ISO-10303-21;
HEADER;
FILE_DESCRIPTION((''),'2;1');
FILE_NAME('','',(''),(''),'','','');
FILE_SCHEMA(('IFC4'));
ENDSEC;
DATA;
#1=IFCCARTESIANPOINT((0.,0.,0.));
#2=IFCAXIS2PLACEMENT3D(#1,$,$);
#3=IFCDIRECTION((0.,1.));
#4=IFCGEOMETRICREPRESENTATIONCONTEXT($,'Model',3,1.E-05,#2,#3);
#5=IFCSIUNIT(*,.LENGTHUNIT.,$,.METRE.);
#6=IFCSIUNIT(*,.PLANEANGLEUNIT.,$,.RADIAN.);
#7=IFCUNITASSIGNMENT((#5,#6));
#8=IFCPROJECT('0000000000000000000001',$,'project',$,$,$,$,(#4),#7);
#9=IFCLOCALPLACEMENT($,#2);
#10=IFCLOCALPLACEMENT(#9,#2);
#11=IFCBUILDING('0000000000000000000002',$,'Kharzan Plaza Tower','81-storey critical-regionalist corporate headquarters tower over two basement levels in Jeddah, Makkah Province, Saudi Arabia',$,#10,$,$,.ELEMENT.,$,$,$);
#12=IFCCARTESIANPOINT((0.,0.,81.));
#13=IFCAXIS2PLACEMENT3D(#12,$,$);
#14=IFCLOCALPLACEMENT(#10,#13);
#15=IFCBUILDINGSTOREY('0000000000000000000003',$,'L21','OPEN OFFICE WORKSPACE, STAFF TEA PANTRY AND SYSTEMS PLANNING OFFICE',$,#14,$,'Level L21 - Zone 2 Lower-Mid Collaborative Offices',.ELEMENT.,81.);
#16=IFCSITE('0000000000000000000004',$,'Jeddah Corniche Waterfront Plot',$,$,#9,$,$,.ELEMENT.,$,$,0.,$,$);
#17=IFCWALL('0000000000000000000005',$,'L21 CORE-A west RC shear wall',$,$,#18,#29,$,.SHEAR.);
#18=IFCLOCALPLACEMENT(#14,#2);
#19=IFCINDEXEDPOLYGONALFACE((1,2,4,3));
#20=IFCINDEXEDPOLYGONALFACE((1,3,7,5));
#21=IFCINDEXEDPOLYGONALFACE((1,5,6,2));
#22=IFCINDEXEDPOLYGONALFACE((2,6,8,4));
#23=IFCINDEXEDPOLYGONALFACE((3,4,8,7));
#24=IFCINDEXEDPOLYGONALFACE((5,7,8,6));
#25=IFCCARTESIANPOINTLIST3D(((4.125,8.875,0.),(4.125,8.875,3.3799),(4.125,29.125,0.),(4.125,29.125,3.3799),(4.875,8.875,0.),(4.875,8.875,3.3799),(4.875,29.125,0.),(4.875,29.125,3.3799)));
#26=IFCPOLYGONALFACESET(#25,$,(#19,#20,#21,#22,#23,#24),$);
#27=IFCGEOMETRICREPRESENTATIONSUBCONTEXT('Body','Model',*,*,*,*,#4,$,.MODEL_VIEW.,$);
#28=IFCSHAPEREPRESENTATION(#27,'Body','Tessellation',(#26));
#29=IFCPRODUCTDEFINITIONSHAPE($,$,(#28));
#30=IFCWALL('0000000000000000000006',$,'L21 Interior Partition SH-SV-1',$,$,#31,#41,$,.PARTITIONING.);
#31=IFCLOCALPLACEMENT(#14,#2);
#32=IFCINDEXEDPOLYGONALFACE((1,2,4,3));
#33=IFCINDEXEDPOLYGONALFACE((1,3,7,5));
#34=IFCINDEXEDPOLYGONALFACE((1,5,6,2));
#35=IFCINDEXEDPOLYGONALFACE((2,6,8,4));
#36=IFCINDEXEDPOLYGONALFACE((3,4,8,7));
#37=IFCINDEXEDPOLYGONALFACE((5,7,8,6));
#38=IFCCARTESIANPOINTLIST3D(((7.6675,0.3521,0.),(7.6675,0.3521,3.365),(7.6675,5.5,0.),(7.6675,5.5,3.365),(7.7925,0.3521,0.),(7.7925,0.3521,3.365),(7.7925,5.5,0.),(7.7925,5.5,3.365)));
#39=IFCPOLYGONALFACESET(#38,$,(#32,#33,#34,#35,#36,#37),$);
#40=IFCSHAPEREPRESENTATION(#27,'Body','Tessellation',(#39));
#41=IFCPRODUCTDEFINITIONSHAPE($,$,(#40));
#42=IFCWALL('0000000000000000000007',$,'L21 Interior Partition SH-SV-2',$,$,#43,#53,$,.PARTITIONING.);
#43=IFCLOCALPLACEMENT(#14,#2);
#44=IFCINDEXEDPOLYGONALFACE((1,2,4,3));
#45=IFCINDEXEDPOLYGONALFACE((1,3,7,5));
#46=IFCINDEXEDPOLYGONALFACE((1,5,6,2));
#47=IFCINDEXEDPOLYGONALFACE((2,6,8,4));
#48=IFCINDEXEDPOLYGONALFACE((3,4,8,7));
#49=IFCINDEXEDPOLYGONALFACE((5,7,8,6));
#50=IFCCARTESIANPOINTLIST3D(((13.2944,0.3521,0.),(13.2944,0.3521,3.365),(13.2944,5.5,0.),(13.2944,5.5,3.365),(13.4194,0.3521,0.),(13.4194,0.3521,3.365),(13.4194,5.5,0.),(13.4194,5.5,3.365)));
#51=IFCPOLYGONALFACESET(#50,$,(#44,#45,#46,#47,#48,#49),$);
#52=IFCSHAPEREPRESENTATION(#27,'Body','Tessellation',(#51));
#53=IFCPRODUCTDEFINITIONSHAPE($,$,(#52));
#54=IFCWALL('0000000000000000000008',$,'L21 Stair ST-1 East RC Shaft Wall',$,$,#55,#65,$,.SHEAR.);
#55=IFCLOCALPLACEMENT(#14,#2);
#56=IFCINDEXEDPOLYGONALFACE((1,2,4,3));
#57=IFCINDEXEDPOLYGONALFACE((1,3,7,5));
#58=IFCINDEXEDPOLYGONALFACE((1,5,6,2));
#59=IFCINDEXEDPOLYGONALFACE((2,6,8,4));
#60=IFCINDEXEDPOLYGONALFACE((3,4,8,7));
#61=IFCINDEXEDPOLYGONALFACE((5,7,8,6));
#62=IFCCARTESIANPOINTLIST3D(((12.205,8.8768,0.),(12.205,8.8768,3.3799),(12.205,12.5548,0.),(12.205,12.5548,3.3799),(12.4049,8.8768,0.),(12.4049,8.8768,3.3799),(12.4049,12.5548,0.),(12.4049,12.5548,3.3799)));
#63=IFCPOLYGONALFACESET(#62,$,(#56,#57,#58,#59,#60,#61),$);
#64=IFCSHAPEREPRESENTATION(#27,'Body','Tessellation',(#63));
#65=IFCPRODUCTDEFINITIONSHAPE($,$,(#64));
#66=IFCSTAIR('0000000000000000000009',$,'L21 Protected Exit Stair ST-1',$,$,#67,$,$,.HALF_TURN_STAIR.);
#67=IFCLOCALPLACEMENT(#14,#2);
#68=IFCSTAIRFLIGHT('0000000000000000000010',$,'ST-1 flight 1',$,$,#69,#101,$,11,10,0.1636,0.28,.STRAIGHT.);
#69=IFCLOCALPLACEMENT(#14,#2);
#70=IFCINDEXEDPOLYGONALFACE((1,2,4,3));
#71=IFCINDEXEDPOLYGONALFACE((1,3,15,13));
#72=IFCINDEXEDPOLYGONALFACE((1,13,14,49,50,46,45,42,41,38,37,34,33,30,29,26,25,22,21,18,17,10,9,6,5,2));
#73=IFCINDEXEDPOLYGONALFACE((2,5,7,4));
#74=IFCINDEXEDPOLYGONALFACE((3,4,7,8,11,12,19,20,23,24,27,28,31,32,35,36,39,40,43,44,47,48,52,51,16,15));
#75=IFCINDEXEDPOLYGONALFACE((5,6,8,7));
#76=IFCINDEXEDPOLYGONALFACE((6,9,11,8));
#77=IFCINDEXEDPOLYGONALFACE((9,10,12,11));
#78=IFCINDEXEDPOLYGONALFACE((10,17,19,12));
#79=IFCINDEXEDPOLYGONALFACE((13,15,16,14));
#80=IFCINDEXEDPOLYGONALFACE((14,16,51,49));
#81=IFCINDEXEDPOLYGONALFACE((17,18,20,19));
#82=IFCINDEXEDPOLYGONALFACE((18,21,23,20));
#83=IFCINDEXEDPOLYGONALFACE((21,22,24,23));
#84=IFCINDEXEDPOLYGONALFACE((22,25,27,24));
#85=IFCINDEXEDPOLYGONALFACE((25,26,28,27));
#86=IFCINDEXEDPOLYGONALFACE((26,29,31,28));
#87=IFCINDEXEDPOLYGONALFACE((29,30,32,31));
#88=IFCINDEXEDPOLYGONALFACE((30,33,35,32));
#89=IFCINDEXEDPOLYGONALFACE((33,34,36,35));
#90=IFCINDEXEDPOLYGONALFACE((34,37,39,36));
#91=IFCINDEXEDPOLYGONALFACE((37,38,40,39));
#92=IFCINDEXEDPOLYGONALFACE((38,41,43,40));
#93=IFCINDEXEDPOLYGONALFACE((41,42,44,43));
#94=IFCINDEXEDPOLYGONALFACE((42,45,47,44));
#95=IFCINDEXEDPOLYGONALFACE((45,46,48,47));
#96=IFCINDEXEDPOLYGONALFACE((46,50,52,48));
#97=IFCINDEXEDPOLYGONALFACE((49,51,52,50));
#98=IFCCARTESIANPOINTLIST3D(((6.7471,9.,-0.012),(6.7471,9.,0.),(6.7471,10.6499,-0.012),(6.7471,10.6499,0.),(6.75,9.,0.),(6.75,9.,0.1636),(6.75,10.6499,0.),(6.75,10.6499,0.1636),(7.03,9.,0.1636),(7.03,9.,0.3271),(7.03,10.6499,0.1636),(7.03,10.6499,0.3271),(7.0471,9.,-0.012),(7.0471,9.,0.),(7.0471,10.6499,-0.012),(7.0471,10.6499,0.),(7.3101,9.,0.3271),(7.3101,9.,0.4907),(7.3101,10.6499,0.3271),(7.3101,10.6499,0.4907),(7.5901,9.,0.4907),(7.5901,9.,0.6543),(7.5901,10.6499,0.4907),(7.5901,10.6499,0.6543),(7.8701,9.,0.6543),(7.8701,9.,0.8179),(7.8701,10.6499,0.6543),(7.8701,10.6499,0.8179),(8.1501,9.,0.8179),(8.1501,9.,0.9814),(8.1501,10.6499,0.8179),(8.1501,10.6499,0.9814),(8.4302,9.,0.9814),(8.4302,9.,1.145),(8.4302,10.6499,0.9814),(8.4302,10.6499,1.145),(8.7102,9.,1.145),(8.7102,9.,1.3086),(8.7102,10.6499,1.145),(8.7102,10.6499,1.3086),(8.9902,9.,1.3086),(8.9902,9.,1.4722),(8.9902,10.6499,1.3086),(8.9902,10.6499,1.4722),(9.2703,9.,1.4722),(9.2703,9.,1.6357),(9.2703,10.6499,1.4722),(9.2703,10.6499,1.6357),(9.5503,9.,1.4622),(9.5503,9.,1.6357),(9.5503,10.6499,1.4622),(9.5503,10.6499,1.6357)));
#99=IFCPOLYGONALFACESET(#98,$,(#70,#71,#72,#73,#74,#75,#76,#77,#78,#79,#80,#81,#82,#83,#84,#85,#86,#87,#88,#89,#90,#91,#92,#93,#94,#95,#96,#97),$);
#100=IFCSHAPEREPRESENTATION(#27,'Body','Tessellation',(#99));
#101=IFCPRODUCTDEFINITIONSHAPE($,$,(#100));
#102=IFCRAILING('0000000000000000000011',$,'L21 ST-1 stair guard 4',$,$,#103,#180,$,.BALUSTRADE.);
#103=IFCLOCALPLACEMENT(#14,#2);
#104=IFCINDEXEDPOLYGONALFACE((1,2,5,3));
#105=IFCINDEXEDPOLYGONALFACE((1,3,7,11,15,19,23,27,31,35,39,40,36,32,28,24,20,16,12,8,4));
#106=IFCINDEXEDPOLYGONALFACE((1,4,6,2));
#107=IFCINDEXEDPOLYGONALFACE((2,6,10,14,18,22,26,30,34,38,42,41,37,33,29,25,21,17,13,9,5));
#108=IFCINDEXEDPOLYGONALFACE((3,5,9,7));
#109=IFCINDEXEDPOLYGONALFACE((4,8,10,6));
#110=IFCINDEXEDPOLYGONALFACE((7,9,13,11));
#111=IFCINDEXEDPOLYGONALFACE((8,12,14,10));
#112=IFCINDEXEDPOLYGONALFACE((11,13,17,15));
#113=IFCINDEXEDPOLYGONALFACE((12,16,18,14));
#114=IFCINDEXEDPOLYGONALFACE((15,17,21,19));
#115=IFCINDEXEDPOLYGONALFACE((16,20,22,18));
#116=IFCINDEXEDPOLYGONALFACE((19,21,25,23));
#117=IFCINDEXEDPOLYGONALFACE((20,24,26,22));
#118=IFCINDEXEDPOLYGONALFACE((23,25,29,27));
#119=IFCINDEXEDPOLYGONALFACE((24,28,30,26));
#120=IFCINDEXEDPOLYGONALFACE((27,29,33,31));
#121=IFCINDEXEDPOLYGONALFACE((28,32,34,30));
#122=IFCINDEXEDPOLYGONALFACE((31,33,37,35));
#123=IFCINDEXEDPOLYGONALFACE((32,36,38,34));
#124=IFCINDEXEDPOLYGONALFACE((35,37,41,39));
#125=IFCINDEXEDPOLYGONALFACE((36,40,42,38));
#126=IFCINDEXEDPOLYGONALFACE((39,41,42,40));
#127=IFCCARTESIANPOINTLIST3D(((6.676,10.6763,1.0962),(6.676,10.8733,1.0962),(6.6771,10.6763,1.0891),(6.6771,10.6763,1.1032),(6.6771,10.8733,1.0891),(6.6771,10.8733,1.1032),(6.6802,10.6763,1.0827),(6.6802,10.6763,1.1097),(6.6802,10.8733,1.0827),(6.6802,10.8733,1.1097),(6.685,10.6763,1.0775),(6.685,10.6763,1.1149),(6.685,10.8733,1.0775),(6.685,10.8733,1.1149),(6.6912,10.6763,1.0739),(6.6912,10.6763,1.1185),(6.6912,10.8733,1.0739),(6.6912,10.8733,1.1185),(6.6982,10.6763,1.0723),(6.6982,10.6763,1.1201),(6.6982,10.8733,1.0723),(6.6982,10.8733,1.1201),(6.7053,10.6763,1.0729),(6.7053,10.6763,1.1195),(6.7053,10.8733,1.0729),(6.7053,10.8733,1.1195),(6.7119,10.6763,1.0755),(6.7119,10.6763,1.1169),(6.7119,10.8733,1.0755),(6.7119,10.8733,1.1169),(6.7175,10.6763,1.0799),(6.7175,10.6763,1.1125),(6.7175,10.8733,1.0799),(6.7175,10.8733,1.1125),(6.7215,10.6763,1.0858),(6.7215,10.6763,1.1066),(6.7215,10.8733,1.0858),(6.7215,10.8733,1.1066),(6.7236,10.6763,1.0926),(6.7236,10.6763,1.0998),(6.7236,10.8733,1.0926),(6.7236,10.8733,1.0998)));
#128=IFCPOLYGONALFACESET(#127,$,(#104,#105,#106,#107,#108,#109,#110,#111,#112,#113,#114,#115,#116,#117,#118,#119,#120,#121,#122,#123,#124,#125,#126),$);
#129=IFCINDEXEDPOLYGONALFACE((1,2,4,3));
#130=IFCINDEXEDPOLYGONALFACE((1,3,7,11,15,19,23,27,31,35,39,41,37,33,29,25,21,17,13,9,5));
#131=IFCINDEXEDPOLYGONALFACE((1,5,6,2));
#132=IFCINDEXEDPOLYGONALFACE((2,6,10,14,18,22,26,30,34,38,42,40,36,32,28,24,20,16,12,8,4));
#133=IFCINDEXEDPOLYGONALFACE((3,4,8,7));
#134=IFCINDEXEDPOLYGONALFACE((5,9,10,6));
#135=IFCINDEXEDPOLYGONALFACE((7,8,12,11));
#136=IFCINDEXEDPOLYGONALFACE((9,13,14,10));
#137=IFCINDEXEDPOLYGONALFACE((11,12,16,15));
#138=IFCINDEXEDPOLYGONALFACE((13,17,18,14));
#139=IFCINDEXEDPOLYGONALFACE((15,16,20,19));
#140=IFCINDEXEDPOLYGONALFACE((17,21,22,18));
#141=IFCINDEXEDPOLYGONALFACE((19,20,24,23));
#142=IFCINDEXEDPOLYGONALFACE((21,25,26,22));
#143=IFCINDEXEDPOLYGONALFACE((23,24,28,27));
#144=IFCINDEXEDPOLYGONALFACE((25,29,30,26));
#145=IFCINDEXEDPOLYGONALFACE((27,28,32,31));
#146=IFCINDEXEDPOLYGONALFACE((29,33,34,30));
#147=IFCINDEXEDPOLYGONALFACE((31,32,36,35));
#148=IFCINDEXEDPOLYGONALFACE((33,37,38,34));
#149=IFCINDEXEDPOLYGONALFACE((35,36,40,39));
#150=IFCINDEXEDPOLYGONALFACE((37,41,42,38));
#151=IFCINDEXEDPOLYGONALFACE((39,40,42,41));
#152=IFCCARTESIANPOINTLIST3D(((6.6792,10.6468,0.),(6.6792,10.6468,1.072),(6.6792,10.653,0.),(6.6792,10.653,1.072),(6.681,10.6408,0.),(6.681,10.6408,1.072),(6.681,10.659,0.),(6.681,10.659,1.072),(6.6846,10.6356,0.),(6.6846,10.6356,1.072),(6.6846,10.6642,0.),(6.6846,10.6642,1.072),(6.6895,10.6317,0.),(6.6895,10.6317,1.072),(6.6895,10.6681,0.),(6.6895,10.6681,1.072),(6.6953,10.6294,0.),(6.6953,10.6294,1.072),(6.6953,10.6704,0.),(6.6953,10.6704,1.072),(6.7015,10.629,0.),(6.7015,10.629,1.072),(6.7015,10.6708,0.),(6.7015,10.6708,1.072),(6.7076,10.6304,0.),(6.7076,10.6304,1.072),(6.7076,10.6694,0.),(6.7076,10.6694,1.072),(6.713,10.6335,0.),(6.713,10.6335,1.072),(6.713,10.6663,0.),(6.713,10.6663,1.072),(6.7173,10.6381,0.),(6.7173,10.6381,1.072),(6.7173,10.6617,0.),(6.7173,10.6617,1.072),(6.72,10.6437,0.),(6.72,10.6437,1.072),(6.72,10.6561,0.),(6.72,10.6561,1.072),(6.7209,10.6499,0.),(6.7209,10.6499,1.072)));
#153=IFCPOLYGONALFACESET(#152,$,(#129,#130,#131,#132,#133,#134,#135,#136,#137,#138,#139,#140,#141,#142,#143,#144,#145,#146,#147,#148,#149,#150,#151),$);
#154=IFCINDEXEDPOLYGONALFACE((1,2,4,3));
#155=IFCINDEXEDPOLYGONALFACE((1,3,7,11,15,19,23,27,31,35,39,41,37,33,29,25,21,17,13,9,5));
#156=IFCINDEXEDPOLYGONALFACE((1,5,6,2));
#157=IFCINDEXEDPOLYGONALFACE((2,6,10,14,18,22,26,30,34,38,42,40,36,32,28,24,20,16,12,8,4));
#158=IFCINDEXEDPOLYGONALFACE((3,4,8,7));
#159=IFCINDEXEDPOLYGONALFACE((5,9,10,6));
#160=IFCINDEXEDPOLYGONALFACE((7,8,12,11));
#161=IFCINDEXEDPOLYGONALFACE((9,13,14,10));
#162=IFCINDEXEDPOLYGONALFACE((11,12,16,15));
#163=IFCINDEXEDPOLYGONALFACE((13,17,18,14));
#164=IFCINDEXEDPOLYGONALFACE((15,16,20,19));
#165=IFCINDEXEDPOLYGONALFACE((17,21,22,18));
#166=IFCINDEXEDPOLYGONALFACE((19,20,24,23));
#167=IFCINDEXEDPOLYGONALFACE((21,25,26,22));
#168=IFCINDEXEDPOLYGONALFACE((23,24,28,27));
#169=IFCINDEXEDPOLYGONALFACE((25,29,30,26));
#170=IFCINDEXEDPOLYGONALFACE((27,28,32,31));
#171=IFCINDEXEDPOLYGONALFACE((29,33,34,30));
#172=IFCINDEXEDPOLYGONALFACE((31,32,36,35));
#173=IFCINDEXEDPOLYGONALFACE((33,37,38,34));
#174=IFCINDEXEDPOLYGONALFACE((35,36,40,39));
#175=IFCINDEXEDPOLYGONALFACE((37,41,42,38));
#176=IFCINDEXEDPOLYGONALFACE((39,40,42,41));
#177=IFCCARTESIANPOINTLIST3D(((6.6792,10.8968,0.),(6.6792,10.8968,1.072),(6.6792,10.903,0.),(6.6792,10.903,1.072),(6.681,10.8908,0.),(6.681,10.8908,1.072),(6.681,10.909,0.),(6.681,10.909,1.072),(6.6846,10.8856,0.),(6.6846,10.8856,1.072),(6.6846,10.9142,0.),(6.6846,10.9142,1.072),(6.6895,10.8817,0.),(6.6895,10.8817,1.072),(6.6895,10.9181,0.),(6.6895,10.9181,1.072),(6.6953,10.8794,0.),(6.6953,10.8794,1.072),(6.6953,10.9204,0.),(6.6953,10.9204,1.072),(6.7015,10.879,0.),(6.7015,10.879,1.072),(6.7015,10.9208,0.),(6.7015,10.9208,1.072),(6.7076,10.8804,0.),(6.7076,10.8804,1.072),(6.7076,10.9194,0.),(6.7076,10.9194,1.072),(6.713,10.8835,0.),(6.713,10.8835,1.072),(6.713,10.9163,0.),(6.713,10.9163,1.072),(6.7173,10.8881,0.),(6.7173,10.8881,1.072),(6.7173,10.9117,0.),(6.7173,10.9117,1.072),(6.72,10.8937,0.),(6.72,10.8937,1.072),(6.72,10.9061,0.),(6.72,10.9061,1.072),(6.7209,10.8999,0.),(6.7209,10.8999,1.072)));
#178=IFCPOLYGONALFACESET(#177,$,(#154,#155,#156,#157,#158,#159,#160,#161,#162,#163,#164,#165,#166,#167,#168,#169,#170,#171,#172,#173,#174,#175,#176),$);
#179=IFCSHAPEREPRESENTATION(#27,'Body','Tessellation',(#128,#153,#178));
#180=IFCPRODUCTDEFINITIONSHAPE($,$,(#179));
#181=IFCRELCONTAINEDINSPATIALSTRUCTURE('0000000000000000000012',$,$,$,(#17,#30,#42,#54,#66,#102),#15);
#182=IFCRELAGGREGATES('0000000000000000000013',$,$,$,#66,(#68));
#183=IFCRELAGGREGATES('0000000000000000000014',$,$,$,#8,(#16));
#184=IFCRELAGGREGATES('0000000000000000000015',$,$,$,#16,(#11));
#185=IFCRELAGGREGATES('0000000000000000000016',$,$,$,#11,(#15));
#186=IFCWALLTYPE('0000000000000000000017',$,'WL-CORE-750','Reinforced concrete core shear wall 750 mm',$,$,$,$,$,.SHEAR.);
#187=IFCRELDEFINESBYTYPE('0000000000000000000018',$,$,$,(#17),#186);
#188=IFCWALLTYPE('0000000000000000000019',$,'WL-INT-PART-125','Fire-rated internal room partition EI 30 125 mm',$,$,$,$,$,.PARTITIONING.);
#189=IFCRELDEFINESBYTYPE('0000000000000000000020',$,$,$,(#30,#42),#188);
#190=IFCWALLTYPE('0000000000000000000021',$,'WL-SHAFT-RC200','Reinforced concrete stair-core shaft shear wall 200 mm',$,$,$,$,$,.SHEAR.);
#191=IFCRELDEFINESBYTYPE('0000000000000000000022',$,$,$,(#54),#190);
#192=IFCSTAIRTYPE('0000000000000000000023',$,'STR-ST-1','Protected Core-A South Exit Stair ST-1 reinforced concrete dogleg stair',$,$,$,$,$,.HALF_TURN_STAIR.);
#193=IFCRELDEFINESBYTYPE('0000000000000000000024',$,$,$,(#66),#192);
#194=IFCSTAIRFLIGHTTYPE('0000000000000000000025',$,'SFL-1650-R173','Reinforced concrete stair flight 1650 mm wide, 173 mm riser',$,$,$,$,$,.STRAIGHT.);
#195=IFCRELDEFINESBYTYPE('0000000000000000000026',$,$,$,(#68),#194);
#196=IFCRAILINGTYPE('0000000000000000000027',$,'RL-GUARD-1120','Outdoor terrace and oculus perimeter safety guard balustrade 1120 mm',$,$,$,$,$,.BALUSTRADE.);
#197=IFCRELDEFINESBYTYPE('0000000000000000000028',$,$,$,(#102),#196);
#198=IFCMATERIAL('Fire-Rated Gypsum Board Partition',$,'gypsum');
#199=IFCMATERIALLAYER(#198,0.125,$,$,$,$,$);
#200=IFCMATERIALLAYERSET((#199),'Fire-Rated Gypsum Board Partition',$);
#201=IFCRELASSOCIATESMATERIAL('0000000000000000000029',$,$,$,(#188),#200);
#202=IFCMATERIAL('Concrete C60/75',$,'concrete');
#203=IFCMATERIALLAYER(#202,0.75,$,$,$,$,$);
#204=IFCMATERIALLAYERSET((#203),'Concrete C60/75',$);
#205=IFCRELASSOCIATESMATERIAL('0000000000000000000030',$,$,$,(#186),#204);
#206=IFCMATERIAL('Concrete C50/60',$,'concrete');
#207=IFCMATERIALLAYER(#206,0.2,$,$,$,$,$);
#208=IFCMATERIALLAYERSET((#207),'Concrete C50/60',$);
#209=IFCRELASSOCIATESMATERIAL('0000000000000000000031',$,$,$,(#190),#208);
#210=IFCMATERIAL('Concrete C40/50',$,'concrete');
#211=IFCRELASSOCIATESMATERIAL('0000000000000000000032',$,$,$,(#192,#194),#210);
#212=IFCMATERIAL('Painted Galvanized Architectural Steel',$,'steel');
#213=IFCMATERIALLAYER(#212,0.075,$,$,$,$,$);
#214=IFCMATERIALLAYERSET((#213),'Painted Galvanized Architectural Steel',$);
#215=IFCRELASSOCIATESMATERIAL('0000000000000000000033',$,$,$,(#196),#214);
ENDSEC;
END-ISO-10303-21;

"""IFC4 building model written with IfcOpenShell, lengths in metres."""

from ifc_helpers import new_model, si_unit, direction, frame, frame_2d, origin, origin_2d, place, context, subcontext, project, spatial, polyline, rectangle, circle, outline, extrude, source, transform, mapped, material, layer, layer_set, type_object, element, aggregate, save


model = new_model("IFC4")

# Units and contexts
model_context = context("Model", 3, precision=1e-05, world=origin(), true_north=direction((0.0, 1.0)))
body_context = subcontext(model_context, "Body", "Model", "MODEL_VIEW")
ifc_project = project(units=[si_unit("LENGTHUNIT", "METRE"), si_unit("PLANEANGLEUNIT", "RADIAN")], contexts=[model_context])

# Site, building, storey
site_placement = place(None, origin())
site = spatial("IfcSite", under=ifc_project, at=site_placement, Name="Jeddah Corniche Waterfront Plot", CompositionType="ELEMENT", RefElevation=0.0)
building_placement = place(site_placement, origin())
building = spatial("IfcBuilding", under=site, at=building_placement, Name="Kharzan Plaza Tower", Description="81-storey critical-regionalist corporate headquarters tower over two basement levels in Jeddah, Makkah Province, Saudi Arabia", CompositionType="ELEMENT")
storey_placement = place(building_placement, frame((0.0, 0.0, 81.0)))
storey = spatial("IfcBuildingStorey", under=building, at=storey_placement, Name="L21", Description="OPEN OFFICE WORKSPACE, STAFF TEA PANTRY AND SYSTEMS PLANNING OFFICE", LongName="Level L21 - Zone 2 Lower-Mid Collaborative Offices", CompositionType="ELEMENT", Elevation=81.0)

# Shared definitions
ifc_material_1 = material(Name="Concrete C60/75", Category="concrete")

# Shared definitions
ifc_material_2 = material(Name="Concrete C40/50", Category="concrete")

# Shared definitions
ifc_material_3 = material(Name="Fire-Rated Gypsum Board Partition", Category="gypsum")
ifc_layer_1 = layer(ifc_material_3, 0.125)
ifc_layer_set_1 = layer_set([ifc_layer_1], Name="Fire-Rated Gypsum Board Partition")
wall_type_1 = type_object("IfcWallType", Name="WL-INT-PART-125", Description="Fire-rated internal room partition EI 30 125 mm", PredefinedType="PARTITIONING", material=ifc_layer_set_1)

# Walls
ifc_layer_2 = layer(ifc_material_1, 0.75)
ifc_layer_set_2 = layer_set([ifc_layer_2], Name="Concrete C60/75")
wall_type_2 = type_object("IfcWallType", Name="WL-CORE-750", Description="Reinforced concrete core shear wall 750 mm", PredefinedType="SHEAR", material=ifc_layer_set_2)
shared_shape_1 = source(origin(), body_context, "Body", "SweptSolid", [
    extrude(rectangle(XDim=20.25, YDim=0.75, at=frame_2d((10.125, 0.0))), origin(), (0.0, 0.0, 1.0), 3.3799),
])
wall_1_placement = place(storey_placement, frame((4.5, 8.875, 0.0), z_axis=(0.0, 0.0, 1.0), x_axis=(0.0, 1.0, 0.0)))
element("IfcWall", 1, at=wall_1_placement, inside=storey, type_object=wall_type_2, Name="L21 CORE-A west RC shear wall", PredefinedType="SHEAR", context=body_context, shape_type="MappedRepresentation", body=[
    mapped(shared_shape_1, transform((0.0, 0.0, 0.0), x_axis=(1.0, 0.0, 0.0), y_axis=(0.0, 1.0, 0.0), z_axis=(0.0, 0.0, 1.0))),
])
shared_shape_2 = source(origin(), body_context, "Body", "SweptSolid", [
    extrude(rectangle(XDim=5.1479, YDim=0.125, at=frame_2d((2.574, 0.0))), origin(), (0.0, 0.0, 1.0), 3.365),
])
for number, where, z_axis, x_axis, name in (
    (2, (7.73, 0.3521, 0.0), (0.0, 0.0, 1.0), (0.0, 1.0, 0.0), "L21 Interior Partition SH-SV-1"),
    (3, (13.3569, 0.3521, 0.0), (0.0, 0.0, 1.0), (0.0, 1.0, 0.0), "L21 Interior Partition SH-SV-2"),
):
    element("IfcWall", number, at=place(storey_placement, frame(where, z_axis=z_axis, x_axis=x_axis)), inside=storey, type_object=wall_type_1, Name=name, PredefinedType="PARTITIONING", context=body_context, shape_type="MappedRepresentation", body=[
        mapped(shared_shape_2, transform((0.0, 0.0, 0.0), x_axis=(1.0, 0.0, 0.0), y_axis=(0.0, 1.0, 0.0), z_axis=(0.0, 0.0, 1.0))),
    ])
ifc_material_4 = material(Name="Concrete C50/60", Category="concrete")
ifc_layer_3 = layer(ifc_material_4, 0.2)
ifc_layer_set_3 = layer_set([ifc_layer_3], Name="Concrete C50/60")
wall_type_3 = type_object("IfcWallType", Name="WL-SHAFT-RC200", Description="Reinforced concrete stair-core shaft shear wall 200 mm", PredefinedType="SHEAR", material=ifc_layer_set_3)
shared_shape_3 = source(origin(), body_context, "Body", "SweptSolid", [
    extrude(rectangle(XDim=3.678, YDim=0.2, at=frame_2d((1.8389, 0.0))), origin(), (0.0, 0.0, 1.0), 3.3799),
])
wall_2_placement = place(storey_placement, frame((12.3049, 8.877, 0.0), z_axis=(0.0, 0.0, 1.0), x_axis=(0.0, 1.0, 0.0)))
element("IfcWall", 4, at=wall_2_placement, inside=storey, type_object=wall_type_3, Name="L21 Stair ST-1 East RC Shaft Wall", PredefinedType="SHEAR", context=body_context, shape_type="MappedRepresentation", body=[
    mapped(shared_shape_3, transform((0.0, 0.0, 0.0), x_axis=(1.0, 0.0, 0.0), y_axis=(0.0, 1.0, 0.0), z_axis=(0.0, 0.0, 1.0))),
])

# Stair, stair flight
stair_type = type_object("IfcStairType", Name="STR-ST-1", Description="Protected Core-A South Exit Stair ST-1 reinforced concrete dogleg stair", PredefinedType="HALF_TURN_STAIR", material=ifc_material_2)
stair_placement = place(storey_placement, origin())
stair = element("IfcStair", 5, at=stair_placement, inside=storey, type_object=stair_type, Name="L21 Protected Exit Stair ST-1", PredefinedType="HALF_TURN_STAIR")
stair_flight_type = type_object("IfcStairFlightType", Name="SFL-1650-R173", Description="Reinforced concrete stair flight 1650 mm wide, 173 mm riser", PredefinedType="STRAIGHT", material=ifc_material_2)
shared_shape_4 = source(origin(), body_context, "Body", "SweptSolid", [
    extrude(outline(polyline([(-0.0029, -0.012), (-0.0029, 0.0), (0.0, 0.0), (0.0, 0.1636), (0.28, 0.1636), (0.28, 0.3271), (0.5601, 0.3271), (0.5601, 0.4907), (0.8401, 0.4907), (0.8401, 0.6543), (1.1201, 0.6543), (1.1201, 0.8179), (1.4001, 0.8179), (1.4001, 0.9814), (1.6802, 0.9814), (1.6802, 1.145), (1.9602, 1.145), (1.9602, 1.3086), (2.2402, 1.3086), (2.2402, 1.4722), (2.5203, 1.4722), (2.5203, 1.6357), (2.8003, 1.6357), (2.8003, 1.7993), (2.8003, 1.4622), (0.2971, 0.0), (0.2971, -0.012), (-0.0029, -0.012)])), frame((0.0, 0.825, 0.0), z_axis=(0.0, -1.0, 0.0), x_axis=(1.0, 0.0, 0.0)), (0.0, 0.0, 1.0), 1.6499),
])
stair_flight_placement = place(storey_placement, frame((6.75, 9.825, 0.0), z_axis=(0.0, 0.0, 1.0), x_axis=(1.0, 0.0, 0.0)))
stair_flight = element("IfcStairFlight", 6, at=stair_flight_placement, type_object=stair_flight_type, Name="ST-1 flight 1", NumberOfRisers=11, NumberOfTreads=10, PredefinedType="STRAIGHT", RiserHeight=0.1636, TreadLength=0.28, context=body_context, shape_type="MappedRepresentation", body=[
    mapped(shared_shape_4, transform((0.0, 0.0, 0.0), x_axis=(1.0, 0.0, 0.0), y_axis=(0.0, 1.0, 0.0), z_axis=(0.0, 0.0, 1.0))),
])
aggregate(stair, [stair_flight])

# Railing
ifc_material_5 = material(Name="Painted Galvanized Architectural Steel", Category="steel")
ifc_layer_4 = layer(ifc_material_5, 0.075)
ifc_layer_set_4 = layer_set([ifc_layer_4], Name="Painted Galvanized Architectural Steel")
railing_type_1 = type_object("IfcRailingType", Name="RL-GUARD-1120", Description="Outdoor terrace and oculus perimeter safety guard balustrade 1120 mm", PredefinedType="BALUSTRADE", material=ifc_layer_set_4)
shared_shape_5 = source(origin(), body_context, "Body", "SweptSolid", [
    extrude(circle(Radius=0.0239, at=origin_2d()), frame((0.0, 0.0264, 1.0962), z_axis=(0.0, 1.0, 0.0), x_axis=(-1.0, 0.0, 0.0)), (0.0, 0.0, 1.0), 0.197),
    extrude(circle(Radius=0.021, at=origin_2d()), origin(), (0.0, 0.0, 1.0), 1.072),
    extrude(circle(Radius=0.021, at=origin_2d()), frame((0.0, 0.25, 0.0)), (0.0, 0.0, 1.0), 1.072),
])
railing_1_placement = place(storey_placement, frame((6.7, 10.6499, 0.0)))
element("IfcRailing", 7, at=railing_1_placement, inside=storey, type_object=railing_type_1, Name="L21 ST-1 stair guard 4", PredefinedType="BALUSTRADE", context=body_context, shape_type="MappedRepresentation", body=[
    mapped(shared_shape_5, transform((0.0, 0.0, 0.0), x_axis=(1.0, 0.0, 0.0), y_axis=(0.0, 1.0, 0.0), z_axis=(0.0, 0.0, 1.0))),
])

save(model, "model.ifc")
